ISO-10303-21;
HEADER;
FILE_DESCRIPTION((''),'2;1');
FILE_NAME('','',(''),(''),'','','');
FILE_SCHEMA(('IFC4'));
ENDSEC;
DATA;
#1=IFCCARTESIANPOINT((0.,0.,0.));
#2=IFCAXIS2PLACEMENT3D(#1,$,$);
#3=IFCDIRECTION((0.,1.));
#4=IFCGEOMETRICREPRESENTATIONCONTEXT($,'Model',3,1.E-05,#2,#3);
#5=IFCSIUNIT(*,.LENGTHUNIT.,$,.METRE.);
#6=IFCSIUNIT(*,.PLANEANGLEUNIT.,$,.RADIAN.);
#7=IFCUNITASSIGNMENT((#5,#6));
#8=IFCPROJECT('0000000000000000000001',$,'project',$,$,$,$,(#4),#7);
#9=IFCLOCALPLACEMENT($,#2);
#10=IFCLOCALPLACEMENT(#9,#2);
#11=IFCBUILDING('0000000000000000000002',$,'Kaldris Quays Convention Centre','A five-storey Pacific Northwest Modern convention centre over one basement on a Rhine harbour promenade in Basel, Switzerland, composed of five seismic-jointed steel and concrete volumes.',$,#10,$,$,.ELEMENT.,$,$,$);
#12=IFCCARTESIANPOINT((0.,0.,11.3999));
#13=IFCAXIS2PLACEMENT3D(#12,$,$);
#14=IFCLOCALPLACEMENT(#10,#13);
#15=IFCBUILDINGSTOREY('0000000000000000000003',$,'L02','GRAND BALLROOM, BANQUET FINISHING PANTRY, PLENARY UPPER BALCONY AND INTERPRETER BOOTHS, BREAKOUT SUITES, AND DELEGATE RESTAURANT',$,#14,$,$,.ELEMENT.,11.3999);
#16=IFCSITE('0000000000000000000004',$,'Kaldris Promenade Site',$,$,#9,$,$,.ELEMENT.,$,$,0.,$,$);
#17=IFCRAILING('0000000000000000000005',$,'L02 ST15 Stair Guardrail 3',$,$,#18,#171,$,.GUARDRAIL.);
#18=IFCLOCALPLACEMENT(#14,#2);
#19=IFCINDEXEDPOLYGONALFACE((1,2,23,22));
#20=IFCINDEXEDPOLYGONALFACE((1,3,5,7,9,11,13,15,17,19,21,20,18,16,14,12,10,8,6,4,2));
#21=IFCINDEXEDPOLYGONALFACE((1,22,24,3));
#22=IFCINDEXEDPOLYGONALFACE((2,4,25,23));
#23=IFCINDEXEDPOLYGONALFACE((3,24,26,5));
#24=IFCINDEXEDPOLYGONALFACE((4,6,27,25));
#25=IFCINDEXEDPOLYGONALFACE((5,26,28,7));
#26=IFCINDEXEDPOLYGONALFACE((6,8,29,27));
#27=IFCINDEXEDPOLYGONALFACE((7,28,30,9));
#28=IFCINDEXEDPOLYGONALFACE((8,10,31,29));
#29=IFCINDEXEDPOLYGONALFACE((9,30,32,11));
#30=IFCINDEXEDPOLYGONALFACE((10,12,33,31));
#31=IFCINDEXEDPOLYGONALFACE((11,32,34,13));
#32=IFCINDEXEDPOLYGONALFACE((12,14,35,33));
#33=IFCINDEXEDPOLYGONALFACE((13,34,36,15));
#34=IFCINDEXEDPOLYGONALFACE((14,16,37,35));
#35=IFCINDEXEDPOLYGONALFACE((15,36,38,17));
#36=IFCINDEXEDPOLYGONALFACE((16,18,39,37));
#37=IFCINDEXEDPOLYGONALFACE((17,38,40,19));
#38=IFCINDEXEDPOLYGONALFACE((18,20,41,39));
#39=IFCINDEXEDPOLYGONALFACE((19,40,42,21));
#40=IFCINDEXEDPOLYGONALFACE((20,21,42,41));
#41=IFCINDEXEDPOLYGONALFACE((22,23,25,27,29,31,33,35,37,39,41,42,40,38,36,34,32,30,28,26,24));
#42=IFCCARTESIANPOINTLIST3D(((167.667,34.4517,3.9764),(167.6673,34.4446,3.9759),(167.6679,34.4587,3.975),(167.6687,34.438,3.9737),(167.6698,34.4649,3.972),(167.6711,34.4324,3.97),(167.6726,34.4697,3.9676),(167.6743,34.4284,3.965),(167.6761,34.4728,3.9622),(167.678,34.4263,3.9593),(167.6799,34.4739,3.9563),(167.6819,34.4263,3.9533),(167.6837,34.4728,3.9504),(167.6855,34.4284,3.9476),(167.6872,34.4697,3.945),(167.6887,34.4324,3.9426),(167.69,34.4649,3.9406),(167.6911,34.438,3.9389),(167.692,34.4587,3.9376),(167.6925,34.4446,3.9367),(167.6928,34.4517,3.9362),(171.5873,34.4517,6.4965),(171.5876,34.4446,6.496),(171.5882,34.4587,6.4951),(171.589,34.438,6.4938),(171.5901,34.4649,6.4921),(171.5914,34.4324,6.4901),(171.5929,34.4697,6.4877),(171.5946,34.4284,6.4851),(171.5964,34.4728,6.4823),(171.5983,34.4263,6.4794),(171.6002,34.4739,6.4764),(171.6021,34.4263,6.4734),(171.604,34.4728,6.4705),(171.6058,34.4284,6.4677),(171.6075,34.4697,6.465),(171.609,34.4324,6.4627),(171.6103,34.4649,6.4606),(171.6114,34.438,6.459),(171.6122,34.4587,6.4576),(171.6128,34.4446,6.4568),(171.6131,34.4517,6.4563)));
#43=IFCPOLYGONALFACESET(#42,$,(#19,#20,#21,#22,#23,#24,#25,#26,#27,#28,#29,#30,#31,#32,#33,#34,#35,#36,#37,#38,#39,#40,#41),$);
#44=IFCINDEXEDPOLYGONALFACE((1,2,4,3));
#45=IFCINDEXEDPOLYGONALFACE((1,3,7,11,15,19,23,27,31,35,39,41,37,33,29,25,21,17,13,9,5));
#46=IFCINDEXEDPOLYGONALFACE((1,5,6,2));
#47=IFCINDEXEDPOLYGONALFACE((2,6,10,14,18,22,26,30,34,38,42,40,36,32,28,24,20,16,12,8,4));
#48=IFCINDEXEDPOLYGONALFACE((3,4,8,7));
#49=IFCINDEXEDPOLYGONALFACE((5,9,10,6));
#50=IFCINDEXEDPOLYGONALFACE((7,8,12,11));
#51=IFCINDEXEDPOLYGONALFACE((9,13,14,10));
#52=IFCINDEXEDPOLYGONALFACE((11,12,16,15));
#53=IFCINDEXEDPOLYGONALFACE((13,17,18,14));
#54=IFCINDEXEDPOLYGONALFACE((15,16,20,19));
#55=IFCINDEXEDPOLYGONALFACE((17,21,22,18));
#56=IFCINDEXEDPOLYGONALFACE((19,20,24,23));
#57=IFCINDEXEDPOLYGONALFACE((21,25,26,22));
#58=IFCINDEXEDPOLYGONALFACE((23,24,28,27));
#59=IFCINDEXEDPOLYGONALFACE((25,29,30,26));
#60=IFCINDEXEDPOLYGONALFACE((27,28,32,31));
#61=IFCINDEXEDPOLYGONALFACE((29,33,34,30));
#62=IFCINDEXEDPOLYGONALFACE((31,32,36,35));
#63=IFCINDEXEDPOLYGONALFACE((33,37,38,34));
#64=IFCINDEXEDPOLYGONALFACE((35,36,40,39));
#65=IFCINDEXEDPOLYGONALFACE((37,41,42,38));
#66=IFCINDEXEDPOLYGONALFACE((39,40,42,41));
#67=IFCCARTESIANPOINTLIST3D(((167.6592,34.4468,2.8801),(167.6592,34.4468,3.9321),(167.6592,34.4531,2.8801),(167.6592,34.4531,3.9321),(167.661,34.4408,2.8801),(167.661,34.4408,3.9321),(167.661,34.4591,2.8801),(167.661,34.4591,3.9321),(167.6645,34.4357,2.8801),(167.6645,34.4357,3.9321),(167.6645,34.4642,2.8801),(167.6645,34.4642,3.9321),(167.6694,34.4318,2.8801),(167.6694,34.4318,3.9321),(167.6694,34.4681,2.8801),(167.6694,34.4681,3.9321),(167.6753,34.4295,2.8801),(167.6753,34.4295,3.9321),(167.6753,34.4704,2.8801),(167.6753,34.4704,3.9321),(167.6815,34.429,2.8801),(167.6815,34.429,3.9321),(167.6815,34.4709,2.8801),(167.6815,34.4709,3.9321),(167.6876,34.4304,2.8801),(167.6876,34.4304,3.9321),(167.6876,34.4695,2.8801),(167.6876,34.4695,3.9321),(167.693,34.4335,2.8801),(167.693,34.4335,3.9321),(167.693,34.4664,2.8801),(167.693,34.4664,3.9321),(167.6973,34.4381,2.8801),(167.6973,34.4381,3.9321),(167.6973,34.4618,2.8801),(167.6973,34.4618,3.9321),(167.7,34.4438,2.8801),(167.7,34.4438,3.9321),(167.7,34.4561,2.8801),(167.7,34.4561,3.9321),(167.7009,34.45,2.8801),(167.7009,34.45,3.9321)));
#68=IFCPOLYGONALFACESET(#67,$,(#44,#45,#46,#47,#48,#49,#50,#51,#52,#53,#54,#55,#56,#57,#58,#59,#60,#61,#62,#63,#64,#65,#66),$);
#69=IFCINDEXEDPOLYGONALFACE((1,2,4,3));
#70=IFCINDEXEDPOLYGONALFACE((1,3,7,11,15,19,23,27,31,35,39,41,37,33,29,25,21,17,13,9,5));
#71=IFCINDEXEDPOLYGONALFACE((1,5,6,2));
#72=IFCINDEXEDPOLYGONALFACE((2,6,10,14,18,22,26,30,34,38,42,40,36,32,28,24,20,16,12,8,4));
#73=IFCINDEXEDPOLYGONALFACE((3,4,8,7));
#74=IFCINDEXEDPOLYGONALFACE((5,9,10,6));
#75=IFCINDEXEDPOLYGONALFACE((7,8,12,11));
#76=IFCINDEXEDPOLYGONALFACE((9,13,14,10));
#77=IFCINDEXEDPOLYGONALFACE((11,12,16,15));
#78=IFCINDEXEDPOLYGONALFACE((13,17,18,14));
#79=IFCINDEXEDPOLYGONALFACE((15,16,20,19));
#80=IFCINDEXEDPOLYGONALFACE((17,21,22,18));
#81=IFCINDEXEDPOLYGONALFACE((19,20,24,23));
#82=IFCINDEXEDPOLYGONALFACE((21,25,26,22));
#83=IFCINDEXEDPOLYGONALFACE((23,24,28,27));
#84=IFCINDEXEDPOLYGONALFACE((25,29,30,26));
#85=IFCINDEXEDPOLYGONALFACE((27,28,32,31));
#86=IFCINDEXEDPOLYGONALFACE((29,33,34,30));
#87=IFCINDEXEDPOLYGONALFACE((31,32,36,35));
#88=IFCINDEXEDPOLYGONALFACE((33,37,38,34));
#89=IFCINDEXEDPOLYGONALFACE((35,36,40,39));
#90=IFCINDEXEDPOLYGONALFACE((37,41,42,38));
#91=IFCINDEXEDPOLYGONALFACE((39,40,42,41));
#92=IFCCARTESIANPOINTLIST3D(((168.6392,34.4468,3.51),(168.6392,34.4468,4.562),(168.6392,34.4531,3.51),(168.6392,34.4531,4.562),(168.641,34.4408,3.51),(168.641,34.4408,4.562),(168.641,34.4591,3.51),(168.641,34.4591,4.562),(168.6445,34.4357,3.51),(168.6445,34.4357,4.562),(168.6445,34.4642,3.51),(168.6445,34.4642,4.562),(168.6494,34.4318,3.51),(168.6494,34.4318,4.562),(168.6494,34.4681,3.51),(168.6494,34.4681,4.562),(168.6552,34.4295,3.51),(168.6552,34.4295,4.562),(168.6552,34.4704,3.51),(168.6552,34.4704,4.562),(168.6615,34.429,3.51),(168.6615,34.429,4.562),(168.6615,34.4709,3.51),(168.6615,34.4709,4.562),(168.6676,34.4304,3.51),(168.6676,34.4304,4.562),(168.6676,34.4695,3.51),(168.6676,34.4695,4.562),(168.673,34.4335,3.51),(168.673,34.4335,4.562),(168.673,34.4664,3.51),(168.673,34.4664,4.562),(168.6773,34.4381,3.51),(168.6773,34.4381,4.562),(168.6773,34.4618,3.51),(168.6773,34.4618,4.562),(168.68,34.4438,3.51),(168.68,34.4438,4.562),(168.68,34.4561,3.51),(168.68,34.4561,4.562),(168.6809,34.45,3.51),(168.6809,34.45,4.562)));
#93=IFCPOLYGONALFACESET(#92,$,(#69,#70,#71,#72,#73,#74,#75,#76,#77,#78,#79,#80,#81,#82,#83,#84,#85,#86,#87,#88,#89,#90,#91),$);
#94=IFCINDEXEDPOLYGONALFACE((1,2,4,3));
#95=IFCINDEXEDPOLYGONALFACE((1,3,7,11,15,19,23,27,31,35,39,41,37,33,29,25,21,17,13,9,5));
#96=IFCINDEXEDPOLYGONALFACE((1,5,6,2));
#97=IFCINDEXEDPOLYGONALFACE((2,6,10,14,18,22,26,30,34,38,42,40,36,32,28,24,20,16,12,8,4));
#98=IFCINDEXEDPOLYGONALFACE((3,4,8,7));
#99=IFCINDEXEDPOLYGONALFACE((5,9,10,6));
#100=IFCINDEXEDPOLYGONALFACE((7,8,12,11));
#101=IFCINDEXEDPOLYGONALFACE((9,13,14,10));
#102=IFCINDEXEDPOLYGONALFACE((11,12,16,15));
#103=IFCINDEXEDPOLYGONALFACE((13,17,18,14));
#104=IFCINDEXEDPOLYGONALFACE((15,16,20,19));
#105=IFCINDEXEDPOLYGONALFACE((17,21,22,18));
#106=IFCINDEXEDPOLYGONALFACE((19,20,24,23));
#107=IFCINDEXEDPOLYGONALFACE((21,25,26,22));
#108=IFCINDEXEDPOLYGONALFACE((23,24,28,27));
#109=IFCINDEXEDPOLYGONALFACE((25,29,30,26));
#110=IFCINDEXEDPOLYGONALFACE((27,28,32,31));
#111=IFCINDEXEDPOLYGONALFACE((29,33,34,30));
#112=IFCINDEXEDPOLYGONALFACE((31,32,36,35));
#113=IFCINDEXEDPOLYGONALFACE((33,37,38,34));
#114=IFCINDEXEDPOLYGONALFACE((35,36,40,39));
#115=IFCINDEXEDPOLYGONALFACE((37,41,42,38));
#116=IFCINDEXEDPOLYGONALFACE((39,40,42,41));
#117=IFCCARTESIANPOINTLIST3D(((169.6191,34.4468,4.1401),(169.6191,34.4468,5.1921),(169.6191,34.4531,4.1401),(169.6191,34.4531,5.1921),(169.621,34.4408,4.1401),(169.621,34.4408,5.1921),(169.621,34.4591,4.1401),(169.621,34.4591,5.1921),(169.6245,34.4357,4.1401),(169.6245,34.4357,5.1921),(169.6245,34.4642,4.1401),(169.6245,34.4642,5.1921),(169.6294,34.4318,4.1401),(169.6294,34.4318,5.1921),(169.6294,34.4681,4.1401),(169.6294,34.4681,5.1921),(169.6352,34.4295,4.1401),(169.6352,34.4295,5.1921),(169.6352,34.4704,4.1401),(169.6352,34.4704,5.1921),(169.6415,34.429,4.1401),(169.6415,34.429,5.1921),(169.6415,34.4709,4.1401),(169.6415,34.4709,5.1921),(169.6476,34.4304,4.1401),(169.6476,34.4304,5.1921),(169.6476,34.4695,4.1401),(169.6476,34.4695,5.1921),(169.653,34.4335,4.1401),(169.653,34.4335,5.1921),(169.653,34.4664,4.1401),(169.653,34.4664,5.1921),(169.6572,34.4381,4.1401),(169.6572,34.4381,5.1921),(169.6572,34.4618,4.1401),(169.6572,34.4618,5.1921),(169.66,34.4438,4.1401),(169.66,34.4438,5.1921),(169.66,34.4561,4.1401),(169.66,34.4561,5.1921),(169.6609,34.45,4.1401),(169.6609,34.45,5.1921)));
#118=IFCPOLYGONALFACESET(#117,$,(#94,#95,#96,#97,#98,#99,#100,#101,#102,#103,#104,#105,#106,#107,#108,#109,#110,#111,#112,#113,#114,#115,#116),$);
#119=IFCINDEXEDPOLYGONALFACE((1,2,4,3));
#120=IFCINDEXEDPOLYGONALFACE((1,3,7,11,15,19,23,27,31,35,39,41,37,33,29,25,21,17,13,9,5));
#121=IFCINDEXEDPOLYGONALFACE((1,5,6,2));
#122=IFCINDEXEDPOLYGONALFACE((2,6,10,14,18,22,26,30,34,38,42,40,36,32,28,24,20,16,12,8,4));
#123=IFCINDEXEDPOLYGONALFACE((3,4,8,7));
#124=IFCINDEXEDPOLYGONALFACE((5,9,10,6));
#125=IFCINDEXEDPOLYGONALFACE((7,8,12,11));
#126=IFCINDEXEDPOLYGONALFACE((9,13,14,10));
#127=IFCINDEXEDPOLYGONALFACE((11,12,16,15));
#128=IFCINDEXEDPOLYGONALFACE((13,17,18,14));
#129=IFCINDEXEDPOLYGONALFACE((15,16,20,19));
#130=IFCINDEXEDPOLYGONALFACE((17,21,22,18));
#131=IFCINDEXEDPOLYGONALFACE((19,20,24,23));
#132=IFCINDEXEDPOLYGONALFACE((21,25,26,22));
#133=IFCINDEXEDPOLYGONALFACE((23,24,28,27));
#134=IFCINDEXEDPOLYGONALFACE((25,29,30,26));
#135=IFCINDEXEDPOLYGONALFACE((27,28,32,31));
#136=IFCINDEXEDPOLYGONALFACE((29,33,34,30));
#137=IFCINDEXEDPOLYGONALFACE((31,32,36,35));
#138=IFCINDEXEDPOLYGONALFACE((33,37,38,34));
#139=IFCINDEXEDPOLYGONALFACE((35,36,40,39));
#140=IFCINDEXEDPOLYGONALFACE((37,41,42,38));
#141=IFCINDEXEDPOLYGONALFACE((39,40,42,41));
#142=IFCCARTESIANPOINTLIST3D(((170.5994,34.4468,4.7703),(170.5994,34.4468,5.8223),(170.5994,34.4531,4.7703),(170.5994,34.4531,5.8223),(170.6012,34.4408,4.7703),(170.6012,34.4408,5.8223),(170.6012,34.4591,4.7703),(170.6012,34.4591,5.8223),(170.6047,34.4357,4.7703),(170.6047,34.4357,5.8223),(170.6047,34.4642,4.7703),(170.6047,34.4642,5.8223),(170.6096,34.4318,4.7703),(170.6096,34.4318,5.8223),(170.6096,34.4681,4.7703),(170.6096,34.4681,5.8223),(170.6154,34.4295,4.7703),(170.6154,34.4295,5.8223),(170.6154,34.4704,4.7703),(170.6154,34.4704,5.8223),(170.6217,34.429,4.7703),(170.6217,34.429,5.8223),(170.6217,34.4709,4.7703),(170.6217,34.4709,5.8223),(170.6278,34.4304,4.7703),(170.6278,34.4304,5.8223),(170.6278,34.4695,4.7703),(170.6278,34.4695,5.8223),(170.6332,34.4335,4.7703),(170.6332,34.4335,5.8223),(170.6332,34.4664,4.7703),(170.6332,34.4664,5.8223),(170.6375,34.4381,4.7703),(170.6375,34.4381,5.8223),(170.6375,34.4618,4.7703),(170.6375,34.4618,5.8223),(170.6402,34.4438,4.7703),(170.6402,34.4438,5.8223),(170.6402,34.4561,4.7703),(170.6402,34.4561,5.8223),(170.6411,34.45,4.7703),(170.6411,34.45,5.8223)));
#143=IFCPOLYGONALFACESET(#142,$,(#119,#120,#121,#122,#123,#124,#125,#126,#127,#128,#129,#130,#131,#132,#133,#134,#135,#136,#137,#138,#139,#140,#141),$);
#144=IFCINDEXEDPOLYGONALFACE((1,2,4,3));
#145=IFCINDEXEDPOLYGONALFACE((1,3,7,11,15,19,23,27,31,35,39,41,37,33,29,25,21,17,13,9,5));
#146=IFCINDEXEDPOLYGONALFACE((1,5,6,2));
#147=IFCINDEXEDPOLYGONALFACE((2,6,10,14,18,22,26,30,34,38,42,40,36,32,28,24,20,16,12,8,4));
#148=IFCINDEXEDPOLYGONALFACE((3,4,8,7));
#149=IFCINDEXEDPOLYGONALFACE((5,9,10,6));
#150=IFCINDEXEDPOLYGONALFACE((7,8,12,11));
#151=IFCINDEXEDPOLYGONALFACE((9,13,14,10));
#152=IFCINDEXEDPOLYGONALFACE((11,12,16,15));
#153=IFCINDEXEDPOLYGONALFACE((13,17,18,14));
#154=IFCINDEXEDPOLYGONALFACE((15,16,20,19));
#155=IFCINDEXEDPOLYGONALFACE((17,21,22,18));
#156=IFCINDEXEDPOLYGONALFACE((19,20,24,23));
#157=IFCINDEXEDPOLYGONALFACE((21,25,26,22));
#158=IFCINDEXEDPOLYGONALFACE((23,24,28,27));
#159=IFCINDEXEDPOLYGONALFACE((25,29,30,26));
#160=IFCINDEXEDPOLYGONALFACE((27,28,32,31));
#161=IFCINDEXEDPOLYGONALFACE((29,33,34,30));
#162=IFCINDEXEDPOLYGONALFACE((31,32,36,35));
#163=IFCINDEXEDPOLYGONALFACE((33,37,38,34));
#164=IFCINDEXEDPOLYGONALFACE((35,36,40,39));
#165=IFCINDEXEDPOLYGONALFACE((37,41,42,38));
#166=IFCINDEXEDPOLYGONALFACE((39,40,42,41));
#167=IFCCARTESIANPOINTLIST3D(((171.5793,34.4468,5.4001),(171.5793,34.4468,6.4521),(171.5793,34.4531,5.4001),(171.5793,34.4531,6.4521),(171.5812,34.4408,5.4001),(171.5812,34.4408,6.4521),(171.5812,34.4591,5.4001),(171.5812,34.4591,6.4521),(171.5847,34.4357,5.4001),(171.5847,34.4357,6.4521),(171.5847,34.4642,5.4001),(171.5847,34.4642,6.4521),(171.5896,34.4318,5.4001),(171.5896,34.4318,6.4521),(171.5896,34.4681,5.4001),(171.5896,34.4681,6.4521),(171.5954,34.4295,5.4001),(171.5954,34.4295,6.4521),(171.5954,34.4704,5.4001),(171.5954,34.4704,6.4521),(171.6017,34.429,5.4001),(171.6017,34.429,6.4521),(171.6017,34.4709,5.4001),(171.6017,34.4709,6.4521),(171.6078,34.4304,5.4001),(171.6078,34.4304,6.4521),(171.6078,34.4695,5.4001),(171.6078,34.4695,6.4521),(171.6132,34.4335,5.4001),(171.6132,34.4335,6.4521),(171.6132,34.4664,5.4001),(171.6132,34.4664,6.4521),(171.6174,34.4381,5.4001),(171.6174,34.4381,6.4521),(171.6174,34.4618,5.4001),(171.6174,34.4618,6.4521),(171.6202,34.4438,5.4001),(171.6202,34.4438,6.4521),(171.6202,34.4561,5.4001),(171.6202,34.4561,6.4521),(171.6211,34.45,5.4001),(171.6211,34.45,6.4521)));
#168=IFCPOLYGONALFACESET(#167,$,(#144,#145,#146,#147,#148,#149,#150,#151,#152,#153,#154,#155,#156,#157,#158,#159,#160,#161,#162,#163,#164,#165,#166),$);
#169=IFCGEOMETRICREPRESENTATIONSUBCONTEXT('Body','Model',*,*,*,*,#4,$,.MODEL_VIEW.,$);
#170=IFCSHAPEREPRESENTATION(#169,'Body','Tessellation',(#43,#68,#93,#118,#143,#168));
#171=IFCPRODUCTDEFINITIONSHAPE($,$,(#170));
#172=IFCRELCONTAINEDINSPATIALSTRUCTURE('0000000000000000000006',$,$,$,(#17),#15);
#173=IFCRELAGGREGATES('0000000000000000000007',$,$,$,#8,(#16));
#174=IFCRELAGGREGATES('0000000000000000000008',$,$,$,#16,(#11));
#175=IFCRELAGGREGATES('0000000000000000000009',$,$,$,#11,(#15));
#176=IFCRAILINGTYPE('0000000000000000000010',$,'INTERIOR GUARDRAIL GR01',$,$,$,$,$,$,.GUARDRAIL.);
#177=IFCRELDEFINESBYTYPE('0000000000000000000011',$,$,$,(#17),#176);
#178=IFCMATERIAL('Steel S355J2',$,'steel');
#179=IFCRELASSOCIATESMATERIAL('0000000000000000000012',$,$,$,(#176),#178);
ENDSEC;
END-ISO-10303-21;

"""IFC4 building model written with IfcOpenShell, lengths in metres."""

from ifc_helpers import new_model, si_unit, direction, frame, origin, origin_2d, place, context, subcontext, project, spatial, circle, extrude, material, type_object, element, save


model = new_model("IFC4")

# Units and contexts
model_context = context("Model", 3, precision=1e-05, world=origin(), true_north=direction((0.0, 1.0)))
body_context = subcontext(model_context, "Body", "Model", "MODEL_VIEW")
ifc_project = project(units=[si_unit("LENGTHUNIT", "METRE"), si_unit("PLANEANGLEUNIT", "RADIAN")], contexts=[model_context])

# Site, building, storey
site_placement = place(None, origin())
site = spatial("IfcSite", under=ifc_project, at=site_placement, Name="Kaldris Promenade Site", CompositionType="ELEMENT", RefElevation=0.0)
building_placement = place(site_placement, origin())
building = spatial("IfcBuilding", under=site, at=building_placement, Name="Kaldris Quays Convention Centre", Description="A five-storey Pacific Northwest Modern convention centre over one basement on a Rhine harbour promenade in Basel, Switzerland, composed of five seismic-jointed steel and concrete volumes.", CompositionType="ELEMENT")
storey_placement = place(building_placement, frame((0.0, 0.0, 11.3999)))
storey = spatial("IfcBuildingStorey", under=building, at=storey_placement, Name="L02", Description="GRAND BALLROOM, BANQUET FINISHING PANTRY, PLENARY UPPER BALCONY AND INTERPRETER BOOTHS, BREAKOUT SUITES, AND DELEGATE RESTAURANT", CompositionType="ELEMENT", Elevation=11.3999)

# Shared definitions
ifc_material_1 = material(Name="Steel S355J2", Category="steel")

# Railing
railing_type_1 = type_object("IfcRailingType", Name="INTERIOR GUARDRAIL GR01", PredefinedType="GUARDRAIL", material=ifc_material_1)
railing_1_placement = place(storey_placement, frame((167.6799, 34.45, 2.8801)))
element("IfcRailing", 1, at=railing_1_placement, inside=storey, type_object=railing_type_1, Name="L02 ST15 Stair Guardrail 3", PredefinedType="GUARDRAIL", context=body_context, shape_type="SweptSolid", body=[
    extrude(circle(Radius=0.0239, at=origin_2d()), frame((0.0, 0.0, 1.0762), z_axis=(0.841187, 0.0, 0.540744), x_axis=(0.0, 1.0, 0.0)), (0.0, 0.0, 1.0), 4.6604),
    extrude(circle(Radius=0.021, at=origin_2d()), origin(), (0.0, 0.0, 1.0), 1.052),
    extrude(circle(Radius=0.021, at=origin_2d()), frame((0.98, 0.0, 0.6299)), (0.0, 0.0, 1.0), 1.052),
    extrude(circle(Radius=0.021, at=origin_2d()), frame((1.96, 0.0, 1.26)), (0.0, 0.0, 1.0), 1.052),
    extrude(circle(Radius=0.021, at=origin_2d()), frame((2.9402, 0.0, 1.8901)), (0.0, 0.0, 1.0), 1.052),
    extrude(circle(Radius=0.021, at=origin_2d()), frame((3.9202, 0.0, 2.52)), (0.0, 0.0, 1.0), 1.052),
])

save(model, "model.ifc")
